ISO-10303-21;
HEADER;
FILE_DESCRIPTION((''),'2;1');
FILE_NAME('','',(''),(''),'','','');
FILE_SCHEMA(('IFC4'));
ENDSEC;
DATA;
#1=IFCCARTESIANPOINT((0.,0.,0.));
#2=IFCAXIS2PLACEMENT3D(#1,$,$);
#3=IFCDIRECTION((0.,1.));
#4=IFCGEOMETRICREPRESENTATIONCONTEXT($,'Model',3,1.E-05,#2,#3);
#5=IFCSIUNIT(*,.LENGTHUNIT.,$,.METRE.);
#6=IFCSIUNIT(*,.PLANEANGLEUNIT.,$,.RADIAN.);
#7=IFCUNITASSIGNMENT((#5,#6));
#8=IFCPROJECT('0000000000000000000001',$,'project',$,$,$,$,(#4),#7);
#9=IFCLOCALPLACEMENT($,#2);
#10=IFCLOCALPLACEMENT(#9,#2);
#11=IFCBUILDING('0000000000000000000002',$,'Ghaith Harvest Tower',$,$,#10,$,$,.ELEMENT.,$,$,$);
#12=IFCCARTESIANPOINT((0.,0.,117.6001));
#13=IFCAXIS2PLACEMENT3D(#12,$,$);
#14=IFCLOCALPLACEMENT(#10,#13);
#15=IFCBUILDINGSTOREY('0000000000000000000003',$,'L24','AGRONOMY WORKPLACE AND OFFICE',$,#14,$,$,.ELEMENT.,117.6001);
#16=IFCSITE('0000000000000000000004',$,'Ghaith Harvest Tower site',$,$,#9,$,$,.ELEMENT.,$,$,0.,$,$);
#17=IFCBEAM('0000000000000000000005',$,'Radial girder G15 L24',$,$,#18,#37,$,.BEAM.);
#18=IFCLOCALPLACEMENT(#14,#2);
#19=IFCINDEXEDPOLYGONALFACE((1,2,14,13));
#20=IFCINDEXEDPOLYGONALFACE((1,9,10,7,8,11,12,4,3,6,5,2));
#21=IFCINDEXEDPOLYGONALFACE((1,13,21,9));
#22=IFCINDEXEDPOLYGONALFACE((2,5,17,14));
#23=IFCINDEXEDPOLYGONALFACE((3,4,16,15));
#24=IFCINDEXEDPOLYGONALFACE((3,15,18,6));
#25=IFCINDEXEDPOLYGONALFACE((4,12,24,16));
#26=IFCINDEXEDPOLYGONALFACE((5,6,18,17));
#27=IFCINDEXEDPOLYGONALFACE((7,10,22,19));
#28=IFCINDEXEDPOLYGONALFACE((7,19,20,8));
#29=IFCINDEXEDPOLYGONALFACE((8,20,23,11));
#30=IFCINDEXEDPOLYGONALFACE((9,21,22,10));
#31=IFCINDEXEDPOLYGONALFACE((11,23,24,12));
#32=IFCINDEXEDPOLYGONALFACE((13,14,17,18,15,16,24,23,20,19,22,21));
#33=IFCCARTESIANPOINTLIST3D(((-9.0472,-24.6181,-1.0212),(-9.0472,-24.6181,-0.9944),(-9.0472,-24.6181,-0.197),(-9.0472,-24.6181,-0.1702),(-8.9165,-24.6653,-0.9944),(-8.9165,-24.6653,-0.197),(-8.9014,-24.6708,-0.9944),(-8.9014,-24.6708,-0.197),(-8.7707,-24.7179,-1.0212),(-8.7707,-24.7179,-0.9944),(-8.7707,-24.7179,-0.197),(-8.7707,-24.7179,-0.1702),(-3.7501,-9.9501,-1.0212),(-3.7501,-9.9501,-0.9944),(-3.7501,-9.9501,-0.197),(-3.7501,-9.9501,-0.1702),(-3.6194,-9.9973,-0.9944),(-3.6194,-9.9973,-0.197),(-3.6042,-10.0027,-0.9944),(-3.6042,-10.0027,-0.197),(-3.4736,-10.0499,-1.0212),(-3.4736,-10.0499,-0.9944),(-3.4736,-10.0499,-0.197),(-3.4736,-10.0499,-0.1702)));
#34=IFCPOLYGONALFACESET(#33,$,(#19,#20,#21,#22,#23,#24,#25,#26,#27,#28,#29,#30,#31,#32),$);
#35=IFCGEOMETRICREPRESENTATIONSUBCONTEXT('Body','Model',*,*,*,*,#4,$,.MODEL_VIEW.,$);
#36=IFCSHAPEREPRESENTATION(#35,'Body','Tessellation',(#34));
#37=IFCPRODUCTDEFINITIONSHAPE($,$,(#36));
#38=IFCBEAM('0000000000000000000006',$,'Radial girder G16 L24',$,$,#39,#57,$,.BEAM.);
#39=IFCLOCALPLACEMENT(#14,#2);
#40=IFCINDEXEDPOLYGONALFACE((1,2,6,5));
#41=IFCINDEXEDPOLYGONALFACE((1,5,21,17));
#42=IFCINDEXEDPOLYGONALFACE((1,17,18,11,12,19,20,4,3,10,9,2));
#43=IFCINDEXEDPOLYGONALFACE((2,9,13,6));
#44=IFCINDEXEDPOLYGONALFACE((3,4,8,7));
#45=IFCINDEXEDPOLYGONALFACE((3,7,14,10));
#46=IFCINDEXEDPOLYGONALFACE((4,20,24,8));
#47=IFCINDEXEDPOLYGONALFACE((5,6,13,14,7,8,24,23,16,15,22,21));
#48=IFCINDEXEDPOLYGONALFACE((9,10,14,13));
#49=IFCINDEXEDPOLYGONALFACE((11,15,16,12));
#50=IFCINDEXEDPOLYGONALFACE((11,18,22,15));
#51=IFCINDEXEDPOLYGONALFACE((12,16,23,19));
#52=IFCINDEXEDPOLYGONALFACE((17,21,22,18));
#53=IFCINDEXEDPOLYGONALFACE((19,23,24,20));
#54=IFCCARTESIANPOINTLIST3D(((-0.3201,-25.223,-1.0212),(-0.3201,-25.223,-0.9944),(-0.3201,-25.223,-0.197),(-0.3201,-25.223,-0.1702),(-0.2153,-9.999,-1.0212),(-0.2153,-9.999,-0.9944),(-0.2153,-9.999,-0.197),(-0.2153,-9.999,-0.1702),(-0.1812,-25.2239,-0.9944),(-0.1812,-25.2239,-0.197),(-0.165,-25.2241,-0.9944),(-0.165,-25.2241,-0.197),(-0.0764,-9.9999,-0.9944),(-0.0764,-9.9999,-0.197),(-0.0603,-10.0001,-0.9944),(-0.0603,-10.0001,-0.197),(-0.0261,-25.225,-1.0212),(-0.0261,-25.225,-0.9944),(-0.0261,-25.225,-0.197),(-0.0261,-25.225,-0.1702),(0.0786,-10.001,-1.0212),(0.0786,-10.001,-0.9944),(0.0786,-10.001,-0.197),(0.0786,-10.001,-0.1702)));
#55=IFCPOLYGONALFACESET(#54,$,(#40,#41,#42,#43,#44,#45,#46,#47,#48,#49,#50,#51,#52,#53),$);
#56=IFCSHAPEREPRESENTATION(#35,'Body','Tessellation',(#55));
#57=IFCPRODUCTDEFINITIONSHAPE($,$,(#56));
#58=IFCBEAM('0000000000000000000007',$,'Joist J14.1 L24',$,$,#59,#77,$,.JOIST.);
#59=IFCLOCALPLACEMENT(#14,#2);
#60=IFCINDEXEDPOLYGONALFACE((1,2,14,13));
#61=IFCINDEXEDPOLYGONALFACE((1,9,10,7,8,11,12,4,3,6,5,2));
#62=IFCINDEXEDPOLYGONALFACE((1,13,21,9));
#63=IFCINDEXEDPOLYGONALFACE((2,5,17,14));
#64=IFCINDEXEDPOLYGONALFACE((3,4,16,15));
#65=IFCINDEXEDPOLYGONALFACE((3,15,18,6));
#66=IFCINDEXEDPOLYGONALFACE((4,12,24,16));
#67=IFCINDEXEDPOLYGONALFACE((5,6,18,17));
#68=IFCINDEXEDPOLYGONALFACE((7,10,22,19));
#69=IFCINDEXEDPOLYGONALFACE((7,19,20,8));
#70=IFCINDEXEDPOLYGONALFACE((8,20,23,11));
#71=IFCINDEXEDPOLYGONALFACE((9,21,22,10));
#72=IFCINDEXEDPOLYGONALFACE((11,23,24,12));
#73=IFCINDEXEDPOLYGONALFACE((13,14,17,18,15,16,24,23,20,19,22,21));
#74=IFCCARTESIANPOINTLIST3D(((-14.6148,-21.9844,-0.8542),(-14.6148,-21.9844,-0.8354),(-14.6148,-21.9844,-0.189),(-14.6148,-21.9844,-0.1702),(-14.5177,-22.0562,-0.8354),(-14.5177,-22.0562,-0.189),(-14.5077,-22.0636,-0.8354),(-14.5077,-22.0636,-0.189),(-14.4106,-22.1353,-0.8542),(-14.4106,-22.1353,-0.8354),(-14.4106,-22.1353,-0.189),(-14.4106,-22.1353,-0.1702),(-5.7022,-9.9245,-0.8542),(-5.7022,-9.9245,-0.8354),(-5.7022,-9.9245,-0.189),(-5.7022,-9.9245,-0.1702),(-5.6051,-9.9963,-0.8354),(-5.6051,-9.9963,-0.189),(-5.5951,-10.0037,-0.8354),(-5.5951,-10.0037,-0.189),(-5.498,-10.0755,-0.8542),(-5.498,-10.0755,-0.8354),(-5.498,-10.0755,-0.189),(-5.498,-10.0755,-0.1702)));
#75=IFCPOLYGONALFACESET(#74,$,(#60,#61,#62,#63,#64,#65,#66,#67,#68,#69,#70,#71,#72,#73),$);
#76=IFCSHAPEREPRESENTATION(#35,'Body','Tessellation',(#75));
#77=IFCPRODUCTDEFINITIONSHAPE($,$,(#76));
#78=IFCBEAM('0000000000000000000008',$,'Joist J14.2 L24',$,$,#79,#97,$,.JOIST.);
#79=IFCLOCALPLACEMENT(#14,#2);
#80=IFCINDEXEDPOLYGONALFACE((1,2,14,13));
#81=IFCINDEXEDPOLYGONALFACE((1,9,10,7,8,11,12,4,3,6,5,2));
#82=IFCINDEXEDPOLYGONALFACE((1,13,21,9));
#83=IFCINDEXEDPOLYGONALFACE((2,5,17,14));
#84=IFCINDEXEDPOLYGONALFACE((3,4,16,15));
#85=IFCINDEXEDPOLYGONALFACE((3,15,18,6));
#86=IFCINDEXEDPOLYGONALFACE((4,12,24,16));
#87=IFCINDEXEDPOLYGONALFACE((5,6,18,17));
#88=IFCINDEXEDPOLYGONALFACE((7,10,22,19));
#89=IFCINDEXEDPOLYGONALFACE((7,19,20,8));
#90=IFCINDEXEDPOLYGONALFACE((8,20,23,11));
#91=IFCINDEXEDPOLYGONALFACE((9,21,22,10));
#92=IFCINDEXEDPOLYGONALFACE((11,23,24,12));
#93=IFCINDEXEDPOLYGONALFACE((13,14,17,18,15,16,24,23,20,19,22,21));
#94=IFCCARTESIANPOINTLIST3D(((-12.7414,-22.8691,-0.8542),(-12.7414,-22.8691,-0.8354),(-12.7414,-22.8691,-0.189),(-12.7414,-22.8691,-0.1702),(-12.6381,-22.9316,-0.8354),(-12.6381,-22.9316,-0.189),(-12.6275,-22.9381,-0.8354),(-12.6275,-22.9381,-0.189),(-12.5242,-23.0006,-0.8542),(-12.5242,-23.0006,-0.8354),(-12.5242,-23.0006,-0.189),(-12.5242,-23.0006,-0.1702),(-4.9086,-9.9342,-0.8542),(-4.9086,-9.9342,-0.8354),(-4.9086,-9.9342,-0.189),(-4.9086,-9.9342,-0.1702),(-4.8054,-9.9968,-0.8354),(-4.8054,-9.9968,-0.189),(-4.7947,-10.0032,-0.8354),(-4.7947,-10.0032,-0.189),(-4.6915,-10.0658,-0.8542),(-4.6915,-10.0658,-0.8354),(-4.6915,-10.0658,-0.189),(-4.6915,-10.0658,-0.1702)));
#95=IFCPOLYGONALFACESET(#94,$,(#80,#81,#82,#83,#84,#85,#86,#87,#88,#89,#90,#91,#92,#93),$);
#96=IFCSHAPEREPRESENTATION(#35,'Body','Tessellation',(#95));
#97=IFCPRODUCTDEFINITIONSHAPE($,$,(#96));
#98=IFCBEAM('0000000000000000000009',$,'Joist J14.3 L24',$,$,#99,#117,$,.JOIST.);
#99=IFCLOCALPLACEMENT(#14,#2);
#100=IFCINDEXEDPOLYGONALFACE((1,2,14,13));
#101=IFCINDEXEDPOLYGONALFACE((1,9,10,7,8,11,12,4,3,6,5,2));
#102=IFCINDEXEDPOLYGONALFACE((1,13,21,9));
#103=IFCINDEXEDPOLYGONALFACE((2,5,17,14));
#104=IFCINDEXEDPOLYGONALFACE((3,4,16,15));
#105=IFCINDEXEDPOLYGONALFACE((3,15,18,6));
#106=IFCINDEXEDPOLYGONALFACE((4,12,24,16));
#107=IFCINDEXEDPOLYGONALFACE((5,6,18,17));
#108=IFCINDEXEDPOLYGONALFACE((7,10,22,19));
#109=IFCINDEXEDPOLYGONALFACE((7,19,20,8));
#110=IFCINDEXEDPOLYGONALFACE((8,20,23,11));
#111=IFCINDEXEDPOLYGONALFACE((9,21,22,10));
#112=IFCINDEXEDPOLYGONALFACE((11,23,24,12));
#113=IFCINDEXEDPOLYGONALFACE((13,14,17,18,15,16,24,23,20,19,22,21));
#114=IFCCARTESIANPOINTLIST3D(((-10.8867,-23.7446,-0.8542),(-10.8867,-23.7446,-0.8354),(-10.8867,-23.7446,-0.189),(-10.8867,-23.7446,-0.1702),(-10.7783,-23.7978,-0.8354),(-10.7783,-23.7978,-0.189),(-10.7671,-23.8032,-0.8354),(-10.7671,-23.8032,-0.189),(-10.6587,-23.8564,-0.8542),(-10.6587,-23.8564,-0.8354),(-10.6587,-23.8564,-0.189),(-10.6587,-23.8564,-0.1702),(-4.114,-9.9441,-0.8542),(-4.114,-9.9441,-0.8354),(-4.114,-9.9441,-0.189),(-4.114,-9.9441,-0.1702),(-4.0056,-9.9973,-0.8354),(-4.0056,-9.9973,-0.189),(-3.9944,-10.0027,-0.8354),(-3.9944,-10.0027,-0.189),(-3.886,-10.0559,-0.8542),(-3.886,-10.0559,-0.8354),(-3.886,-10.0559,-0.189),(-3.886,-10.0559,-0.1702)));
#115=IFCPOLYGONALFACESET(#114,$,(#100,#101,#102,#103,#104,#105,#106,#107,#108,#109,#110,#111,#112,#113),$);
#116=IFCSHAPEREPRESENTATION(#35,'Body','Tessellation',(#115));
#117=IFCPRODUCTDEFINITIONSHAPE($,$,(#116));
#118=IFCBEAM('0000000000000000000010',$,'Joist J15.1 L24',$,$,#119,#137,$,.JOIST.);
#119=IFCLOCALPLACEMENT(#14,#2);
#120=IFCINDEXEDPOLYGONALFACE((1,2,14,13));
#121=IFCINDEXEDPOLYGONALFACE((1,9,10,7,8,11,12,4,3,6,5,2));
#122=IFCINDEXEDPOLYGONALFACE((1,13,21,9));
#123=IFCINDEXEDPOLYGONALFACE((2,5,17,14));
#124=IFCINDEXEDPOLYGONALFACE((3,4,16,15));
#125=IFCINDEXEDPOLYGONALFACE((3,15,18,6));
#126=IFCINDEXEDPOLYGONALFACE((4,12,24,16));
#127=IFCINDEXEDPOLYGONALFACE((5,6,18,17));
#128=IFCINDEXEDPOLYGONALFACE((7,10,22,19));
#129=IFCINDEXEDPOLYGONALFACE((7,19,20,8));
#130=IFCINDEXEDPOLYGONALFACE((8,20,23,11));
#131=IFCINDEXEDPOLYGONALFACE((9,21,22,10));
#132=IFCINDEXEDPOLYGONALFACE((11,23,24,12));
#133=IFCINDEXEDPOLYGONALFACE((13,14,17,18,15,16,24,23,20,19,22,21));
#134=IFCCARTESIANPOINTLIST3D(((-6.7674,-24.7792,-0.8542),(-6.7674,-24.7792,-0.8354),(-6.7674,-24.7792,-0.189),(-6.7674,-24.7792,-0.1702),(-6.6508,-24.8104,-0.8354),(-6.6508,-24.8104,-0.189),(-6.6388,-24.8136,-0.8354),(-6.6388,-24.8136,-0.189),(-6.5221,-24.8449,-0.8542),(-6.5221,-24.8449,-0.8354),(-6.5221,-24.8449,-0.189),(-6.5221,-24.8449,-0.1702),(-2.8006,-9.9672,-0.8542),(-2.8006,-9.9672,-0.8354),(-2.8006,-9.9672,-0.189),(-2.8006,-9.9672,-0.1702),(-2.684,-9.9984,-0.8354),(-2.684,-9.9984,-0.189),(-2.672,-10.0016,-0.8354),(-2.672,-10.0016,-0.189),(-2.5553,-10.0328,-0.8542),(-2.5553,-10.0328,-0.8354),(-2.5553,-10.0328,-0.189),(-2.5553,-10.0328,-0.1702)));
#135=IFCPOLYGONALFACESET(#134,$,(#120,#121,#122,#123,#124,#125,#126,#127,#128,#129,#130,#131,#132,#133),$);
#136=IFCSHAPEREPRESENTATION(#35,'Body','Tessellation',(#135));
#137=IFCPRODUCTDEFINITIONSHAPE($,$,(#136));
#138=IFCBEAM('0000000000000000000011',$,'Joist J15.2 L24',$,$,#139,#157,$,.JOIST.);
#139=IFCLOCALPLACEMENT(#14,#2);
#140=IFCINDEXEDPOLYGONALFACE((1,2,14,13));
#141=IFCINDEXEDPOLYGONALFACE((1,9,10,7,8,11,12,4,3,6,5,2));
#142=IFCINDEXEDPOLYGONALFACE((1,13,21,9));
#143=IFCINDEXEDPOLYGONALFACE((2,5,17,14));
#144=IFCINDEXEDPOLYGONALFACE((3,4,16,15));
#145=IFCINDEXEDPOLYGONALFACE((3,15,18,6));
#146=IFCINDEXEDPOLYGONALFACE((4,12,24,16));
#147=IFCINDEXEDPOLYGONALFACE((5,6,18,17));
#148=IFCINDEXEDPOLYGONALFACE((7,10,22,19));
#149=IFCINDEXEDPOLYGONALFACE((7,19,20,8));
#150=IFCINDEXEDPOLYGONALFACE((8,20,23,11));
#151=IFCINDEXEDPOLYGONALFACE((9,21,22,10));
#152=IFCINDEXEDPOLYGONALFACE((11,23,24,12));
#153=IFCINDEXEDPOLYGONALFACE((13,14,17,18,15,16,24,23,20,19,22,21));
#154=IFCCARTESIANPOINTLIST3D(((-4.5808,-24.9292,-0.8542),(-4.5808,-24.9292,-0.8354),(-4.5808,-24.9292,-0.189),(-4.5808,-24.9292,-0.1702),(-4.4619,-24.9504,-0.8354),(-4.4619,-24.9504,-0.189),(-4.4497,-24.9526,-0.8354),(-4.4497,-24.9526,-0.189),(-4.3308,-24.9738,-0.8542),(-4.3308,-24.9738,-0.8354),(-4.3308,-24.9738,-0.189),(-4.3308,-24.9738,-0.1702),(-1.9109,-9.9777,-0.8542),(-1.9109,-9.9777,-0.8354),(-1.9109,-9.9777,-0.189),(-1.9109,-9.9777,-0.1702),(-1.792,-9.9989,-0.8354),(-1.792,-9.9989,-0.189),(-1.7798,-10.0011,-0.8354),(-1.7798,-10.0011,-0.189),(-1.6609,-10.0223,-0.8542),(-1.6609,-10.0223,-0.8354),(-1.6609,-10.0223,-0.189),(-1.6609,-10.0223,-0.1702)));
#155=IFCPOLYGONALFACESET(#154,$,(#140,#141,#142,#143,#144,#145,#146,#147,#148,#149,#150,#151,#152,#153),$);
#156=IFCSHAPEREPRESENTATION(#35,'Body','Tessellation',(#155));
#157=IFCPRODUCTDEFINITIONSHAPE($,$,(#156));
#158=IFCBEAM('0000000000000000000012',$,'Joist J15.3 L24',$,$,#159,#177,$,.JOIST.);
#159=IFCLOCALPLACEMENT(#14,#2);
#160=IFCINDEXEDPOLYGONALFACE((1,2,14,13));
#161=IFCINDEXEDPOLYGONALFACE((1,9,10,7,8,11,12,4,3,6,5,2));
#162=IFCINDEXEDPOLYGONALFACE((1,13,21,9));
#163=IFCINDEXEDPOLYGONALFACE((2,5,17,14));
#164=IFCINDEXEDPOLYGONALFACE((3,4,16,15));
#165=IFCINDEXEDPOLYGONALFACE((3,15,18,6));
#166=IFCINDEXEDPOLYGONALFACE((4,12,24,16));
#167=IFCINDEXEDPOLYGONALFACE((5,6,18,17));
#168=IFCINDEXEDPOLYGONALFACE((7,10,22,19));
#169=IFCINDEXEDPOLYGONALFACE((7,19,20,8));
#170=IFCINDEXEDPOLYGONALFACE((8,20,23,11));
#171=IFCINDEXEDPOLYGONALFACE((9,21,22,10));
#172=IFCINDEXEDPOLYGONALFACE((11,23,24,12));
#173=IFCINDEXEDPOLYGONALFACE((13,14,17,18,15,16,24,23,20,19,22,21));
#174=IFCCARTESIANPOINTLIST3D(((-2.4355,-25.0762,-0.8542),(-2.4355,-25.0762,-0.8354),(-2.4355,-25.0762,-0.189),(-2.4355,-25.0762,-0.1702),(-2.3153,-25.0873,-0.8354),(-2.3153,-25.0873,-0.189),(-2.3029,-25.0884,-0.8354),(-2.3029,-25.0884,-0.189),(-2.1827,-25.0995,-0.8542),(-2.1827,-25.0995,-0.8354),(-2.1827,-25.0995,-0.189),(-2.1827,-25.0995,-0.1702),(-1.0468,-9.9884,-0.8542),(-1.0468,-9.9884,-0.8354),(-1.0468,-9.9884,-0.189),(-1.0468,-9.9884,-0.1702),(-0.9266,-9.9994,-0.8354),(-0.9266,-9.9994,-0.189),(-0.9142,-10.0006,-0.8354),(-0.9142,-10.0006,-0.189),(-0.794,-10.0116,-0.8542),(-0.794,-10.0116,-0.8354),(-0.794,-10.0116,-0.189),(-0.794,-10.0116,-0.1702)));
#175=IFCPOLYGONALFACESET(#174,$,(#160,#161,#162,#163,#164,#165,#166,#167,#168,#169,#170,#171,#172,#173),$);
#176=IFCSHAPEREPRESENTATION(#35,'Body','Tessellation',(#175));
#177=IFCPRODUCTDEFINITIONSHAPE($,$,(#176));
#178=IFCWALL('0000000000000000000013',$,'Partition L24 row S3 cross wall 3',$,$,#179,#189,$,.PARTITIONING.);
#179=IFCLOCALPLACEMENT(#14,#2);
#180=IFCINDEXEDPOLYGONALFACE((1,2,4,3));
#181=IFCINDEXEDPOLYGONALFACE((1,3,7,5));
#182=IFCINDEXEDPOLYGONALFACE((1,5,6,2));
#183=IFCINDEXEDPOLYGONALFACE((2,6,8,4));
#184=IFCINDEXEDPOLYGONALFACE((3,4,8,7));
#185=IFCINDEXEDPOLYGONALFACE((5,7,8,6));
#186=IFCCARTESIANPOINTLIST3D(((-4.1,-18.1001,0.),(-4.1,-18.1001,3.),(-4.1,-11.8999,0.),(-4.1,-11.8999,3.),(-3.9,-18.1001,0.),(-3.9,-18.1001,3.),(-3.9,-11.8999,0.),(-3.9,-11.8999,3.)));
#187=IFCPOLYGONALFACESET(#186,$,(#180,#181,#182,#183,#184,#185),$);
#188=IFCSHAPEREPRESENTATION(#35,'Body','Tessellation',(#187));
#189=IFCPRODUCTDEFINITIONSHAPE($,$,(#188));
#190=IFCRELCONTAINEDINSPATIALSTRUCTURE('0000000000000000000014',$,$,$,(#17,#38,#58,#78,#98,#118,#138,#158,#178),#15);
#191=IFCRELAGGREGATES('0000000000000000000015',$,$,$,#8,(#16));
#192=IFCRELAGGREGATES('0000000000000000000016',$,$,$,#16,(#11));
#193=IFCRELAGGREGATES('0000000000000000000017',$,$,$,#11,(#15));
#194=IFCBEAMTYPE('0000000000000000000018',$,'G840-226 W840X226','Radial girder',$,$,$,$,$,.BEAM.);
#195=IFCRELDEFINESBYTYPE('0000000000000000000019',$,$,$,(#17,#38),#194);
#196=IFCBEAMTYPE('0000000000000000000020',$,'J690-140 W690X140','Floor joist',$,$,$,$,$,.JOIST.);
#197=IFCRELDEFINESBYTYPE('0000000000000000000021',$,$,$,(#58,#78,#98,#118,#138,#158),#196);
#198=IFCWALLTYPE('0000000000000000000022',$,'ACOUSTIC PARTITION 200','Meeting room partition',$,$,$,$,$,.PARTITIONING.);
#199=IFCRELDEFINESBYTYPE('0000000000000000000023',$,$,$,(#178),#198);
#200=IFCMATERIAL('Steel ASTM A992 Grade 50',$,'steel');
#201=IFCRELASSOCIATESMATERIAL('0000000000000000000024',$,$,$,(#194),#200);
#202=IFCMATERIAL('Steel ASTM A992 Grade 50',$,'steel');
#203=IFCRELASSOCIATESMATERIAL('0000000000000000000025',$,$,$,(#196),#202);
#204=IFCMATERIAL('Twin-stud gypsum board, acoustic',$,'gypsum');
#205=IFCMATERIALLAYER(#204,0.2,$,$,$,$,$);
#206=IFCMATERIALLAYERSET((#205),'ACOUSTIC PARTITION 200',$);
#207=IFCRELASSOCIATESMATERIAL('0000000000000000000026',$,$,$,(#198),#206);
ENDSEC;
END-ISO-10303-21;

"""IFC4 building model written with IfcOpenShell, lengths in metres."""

from ifc_helpers import new_model, si_unit, direction, frame, frame_2d, origin, origin_2d, place, context, subcontext, project, spatial, rectangle, i_section, extrude, material, layer, layer_set, material_profile, profile_set, type_object, element, save


model = new_model("IFC4")

# Units and contexts
model_context = context("Model", 3, precision=1e-05, world=origin(), true_north=direction((0.0, 1.0)))
body_context = subcontext(model_context, "Body", "Model", "MODEL_VIEW")
ifc_project = project(units=[si_unit("LENGTHUNIT", "METRE"), si_unit("PLANEANGLEUNIT", "RADIAN")], contexts=[model_context])

# Site, building, storey
site_placement = place(None, origin())
site = spatial("IfcSite", under=ifc_project, at=site_placement, Name="Ghaith Harvest Tower site", CompositionType="ELEMENT", RefElevation=0.0)
building_placement = place(site_placement, origin())
building = spatial("IfcBuilding", under=site, at=building_placement, Name="Ghaith Harvest Tower", CompositionType="ELEMENT")
storey_placement = place(building_placement, frame((0.0, 0.0, 117.6001)))
storey = spatial("IfcBuildingStorey", under=building, at=storey_placement, Name="L24", Description="AGRONOMY WORKPLACE AND OFFICE", CompositionType="ELEMENT", Elevation=117.6001)

# Beams
ifc_material_1 = material(Name="Steel ASTM A992 Grade 50", Category="steel")
ifc_material_profile_1 = material_profile(ifc_material_1, i_section(OverallWidth=0.2939, OverallDepth=0.8511, WebThickness=0.0161, FlangeThickness=0.0269, at=origin_2d()), Name="W840X226")
ifc_profile_set_1 = profile_set([ifc_material_profile_1], Name="Steel ASTM A992 Grade 50")
beam_type_1 = type_object("IfcBeamType", Name="G840-226 W840X226", Description="Radial girder", PredefinedType="BEAM", material=ifc_profile_set_1)
beam_1_placement = place(storey_placement, frame((-3.6118, -10.0, -0.5957), z_axis=(-0.339664, -0.940547, 0.0), x_axis=(0.940547, -0.339664, 0.0)))
element("IfcBeam", 1, at=beam_1_placement, inside=storey, type_object=beam_type_1, Name="Radial girder G15 L24", PredefinedType="BEAM", context=body_context, shape_type="SweptSolid", body=[
    extrude(i_section(OverallWidth=0.2939, OverallDepth=0.8511, WebThickness=0.0161, FlangeThickness=0.0269, at=origin_2d()), origin(), (0.0, 0.0, 1.0), 15.5952),
])
beam_2_placement = place(storey_placement, frame((-0.0684, -10.0, -0.5957), z_axis=(-0.006879, -0.999976, 0.0), x_axis=(0.999976, -0.006879, 0.0)))
element("IfcBeam", 2, at=beam_2_placement, inside=storey, type_object=beam_type_1, Name="Radial girder G16 L24", PredefinedType="BEAM", context=body_context, shape_type="SweptSolid", body=[
    extrude(i_section(OverallWidth=0.2939, OverallDepth=0.8511, WebThickness=0.0161, FlangeThickness=0.0269, at=origin_2d()), origin(), (0.0, 0.0, 1.0), 15.2244),
])
ifc_material_2 = material(Name="Steel ASTM A992 Grade 50", Category="steel")
ifc_material_profile_2 = material_profile(ifc_material_2, i_section(OverallWidth=0.2539, OverallDepth=0.6841, WebThickness=0.0125, FlangeThickness=0.0188, at=origin_2d()), Name="W690X140")
ifc_profile_set_2 = profile_set([ifc_material_profile_2], Name="Steel ASTM A992 Grade 50")
beam_type_2 = type_object("IfcBeamType", Name="J690-140 W690X140", Description="Floor joist", PredefinedType="JOIST", material=ifc_profile_set_2)
beam_3_placement = place(storey_placement, frame((-5.6001, -10.0, -0.5122), z_axis=(-0.59434, -0.804214, 0.0), x_axis=(0.804214, -0.59434, 0.0)))
element("IfcBeam", 3, at=beam_3_placement, inside=storey, type_object=beam_type_2, Name="Joist J14.1 L24", PredefinedType="JOIST", context=body_context, shape_type="SweptSolid", body=[
    extrude(i_section(OverallWidth=0.2539, OverallDepth=0.6841, WebThickness=0.0125, FlangeThickness=0.0188, at=origin_2d()), origin(), (0.0, 0.0, 1.0), 14.9958),
])
beam_4_placement = place(storey_placement, frame((-4.8, -10.0, -0.5122), z_axis=(-0.517986, -0.855389, 0.0), x_axis=(0.855389, -0.517986, 0.0)))
element("IfcBeam", 4, at=beam_4_placement, inside=storey, type_object=beam_type_2, Name="Joist J14.2 L24", PredefinedType="JOIST", context=body_context, shape_type="SweptSolid", body=[
    extrude(i_section(OverallWidth=0.2539, OverallDepth=0.6841, WebThickness=0.0125, FlangeThickness=0.0188, at=origin_2d()), origin(), (0.0, 0.0, 1.0), 15.1216),
])
beam_5_placement = place(storey_placement, frame((-4.0, -10.0, -0.5122), z_axis=(-0.440563, -0.897722, 0.0), x_axis=(0.897722, -0.440563, 0.0)))
element("IfcBeam", 5, at=beam_5_placement, inside=storey, type_object=beam_type_2, Name="Joist J14.3 L24", PredefinedType="JOIST", context=body_context, shape_type="SweptSolid", body=[
    extrude(i_section(OverallWidth=0.2539, OverallDepth=0.6841, WebThickness=0.0125, FlangeThickness=0.0188, at=origin_2d()), origin(), (0.0, 0.0, 1.0), 15.3728),
])
beam_6_placement = place(storey_placement, frame((-2.678, -10.0, -0.5122), z_axis=(-0.258693, -0.96596, 0.0), x_axis=(0.96596, -0.258693, 0.0)))
element("IfcBeam", 6, at=beam_6_placement, inside=storey, type_object=beam_type_2, Name="Joist J15.1 L24", PredefinedType="JOIST", context=body_context, shape_type="SweptSolid", body=[
    extrude(i_section(OverallWidth=0.2539, OverallDepth=0.6841, WebThickness=0.0125, FlangeThickness=0.0188, at=origin_2d()), origin(), (0.0, 0.0, 1.0), 15.334),
])
beam_7_placement = place(storey_placement, frame((-1.7859, -10.0, -0.5122), z_axis=(-0.175792, -0.984427, 0.0), x_axis=(0.984427, -0.175792, 0.0)))
element("IfcBeam", 7, at=beam_7_placement, inside=storey, type_object=beam_type_2, Name="Joist J15.2 L24", PredefinedType="JOIST", context=body_context, shape_type="SweptSolid", body=[
    extrude(i_section(OverallWidth=0.2539, OverallDepth=0.6841, WebThickness=0.0125, FlangeThickness=0.0188, at=origin_2d()), origin(), (0.0, 0.0, 1.0), 15.188),
])
beam_8_placement = place(storey_placement, frame((-0.9204, -10.0, -0.5122), z_axis=(-0.091651, -0.995791, 0.0), x_axis=(0.995791, -0.091651, 0.0)))
element("IfcBeam", 8, at=beam_8_placement, inside=storey, type_object=beam_type_2, Name="Joist J15.3 L24", PredefinedType="JOIST", context=body_context, shape_type="SweptSolid", body=[
    extrude(i_section(OverallWidth=0.2539, OverallDepth=0.6841, WebThickness=0.0125, FlangeThickness=0.0188, at=origin_2d()), origin(), (0.0, 0.0, 1.0), 15.1516),
])

# Wall
ifc_material_3 = material(Name="Twin-stud gypsum board, acoustic", Category="gypsum")
ifc_layer_1 = layer(ifc_material_3, 0.2)
ifc_layer_set_1 = layer_set([ifc_layer_1], Name="ACOUSTIC PARTITION 200")
wall_type_1 = type_object("IfcWallType", Name="ACOUSTIC PARTITION 200", Description="Meeting room partition", PredefinedType="PARTITIONING", material=ifc_layer_set_1)
wall_1_placement = place(storey_placement, frame((-4.0, -11.8999, 0.0), z_axis=(0.0, 0.0, 1.0), x_axis=(0.0, -1.0, 0.0)))
element("IfcWall", 9, at=wall_1_placement, inside=storey, type_object=wall_type_1, Name="Partition L24 row S3 cross wall 3", PredefinedType="PARTITIONING", context=body_context, shape_type="SweptSolid", body=[
    extrude(rectangle(XDim=6.2002, YDim=0.2, at=frame_2d((3.1001, 0.0))), origin(), (0.0, 0.0, 1.0), 3.0),
])

save(model, "model.ifc")
